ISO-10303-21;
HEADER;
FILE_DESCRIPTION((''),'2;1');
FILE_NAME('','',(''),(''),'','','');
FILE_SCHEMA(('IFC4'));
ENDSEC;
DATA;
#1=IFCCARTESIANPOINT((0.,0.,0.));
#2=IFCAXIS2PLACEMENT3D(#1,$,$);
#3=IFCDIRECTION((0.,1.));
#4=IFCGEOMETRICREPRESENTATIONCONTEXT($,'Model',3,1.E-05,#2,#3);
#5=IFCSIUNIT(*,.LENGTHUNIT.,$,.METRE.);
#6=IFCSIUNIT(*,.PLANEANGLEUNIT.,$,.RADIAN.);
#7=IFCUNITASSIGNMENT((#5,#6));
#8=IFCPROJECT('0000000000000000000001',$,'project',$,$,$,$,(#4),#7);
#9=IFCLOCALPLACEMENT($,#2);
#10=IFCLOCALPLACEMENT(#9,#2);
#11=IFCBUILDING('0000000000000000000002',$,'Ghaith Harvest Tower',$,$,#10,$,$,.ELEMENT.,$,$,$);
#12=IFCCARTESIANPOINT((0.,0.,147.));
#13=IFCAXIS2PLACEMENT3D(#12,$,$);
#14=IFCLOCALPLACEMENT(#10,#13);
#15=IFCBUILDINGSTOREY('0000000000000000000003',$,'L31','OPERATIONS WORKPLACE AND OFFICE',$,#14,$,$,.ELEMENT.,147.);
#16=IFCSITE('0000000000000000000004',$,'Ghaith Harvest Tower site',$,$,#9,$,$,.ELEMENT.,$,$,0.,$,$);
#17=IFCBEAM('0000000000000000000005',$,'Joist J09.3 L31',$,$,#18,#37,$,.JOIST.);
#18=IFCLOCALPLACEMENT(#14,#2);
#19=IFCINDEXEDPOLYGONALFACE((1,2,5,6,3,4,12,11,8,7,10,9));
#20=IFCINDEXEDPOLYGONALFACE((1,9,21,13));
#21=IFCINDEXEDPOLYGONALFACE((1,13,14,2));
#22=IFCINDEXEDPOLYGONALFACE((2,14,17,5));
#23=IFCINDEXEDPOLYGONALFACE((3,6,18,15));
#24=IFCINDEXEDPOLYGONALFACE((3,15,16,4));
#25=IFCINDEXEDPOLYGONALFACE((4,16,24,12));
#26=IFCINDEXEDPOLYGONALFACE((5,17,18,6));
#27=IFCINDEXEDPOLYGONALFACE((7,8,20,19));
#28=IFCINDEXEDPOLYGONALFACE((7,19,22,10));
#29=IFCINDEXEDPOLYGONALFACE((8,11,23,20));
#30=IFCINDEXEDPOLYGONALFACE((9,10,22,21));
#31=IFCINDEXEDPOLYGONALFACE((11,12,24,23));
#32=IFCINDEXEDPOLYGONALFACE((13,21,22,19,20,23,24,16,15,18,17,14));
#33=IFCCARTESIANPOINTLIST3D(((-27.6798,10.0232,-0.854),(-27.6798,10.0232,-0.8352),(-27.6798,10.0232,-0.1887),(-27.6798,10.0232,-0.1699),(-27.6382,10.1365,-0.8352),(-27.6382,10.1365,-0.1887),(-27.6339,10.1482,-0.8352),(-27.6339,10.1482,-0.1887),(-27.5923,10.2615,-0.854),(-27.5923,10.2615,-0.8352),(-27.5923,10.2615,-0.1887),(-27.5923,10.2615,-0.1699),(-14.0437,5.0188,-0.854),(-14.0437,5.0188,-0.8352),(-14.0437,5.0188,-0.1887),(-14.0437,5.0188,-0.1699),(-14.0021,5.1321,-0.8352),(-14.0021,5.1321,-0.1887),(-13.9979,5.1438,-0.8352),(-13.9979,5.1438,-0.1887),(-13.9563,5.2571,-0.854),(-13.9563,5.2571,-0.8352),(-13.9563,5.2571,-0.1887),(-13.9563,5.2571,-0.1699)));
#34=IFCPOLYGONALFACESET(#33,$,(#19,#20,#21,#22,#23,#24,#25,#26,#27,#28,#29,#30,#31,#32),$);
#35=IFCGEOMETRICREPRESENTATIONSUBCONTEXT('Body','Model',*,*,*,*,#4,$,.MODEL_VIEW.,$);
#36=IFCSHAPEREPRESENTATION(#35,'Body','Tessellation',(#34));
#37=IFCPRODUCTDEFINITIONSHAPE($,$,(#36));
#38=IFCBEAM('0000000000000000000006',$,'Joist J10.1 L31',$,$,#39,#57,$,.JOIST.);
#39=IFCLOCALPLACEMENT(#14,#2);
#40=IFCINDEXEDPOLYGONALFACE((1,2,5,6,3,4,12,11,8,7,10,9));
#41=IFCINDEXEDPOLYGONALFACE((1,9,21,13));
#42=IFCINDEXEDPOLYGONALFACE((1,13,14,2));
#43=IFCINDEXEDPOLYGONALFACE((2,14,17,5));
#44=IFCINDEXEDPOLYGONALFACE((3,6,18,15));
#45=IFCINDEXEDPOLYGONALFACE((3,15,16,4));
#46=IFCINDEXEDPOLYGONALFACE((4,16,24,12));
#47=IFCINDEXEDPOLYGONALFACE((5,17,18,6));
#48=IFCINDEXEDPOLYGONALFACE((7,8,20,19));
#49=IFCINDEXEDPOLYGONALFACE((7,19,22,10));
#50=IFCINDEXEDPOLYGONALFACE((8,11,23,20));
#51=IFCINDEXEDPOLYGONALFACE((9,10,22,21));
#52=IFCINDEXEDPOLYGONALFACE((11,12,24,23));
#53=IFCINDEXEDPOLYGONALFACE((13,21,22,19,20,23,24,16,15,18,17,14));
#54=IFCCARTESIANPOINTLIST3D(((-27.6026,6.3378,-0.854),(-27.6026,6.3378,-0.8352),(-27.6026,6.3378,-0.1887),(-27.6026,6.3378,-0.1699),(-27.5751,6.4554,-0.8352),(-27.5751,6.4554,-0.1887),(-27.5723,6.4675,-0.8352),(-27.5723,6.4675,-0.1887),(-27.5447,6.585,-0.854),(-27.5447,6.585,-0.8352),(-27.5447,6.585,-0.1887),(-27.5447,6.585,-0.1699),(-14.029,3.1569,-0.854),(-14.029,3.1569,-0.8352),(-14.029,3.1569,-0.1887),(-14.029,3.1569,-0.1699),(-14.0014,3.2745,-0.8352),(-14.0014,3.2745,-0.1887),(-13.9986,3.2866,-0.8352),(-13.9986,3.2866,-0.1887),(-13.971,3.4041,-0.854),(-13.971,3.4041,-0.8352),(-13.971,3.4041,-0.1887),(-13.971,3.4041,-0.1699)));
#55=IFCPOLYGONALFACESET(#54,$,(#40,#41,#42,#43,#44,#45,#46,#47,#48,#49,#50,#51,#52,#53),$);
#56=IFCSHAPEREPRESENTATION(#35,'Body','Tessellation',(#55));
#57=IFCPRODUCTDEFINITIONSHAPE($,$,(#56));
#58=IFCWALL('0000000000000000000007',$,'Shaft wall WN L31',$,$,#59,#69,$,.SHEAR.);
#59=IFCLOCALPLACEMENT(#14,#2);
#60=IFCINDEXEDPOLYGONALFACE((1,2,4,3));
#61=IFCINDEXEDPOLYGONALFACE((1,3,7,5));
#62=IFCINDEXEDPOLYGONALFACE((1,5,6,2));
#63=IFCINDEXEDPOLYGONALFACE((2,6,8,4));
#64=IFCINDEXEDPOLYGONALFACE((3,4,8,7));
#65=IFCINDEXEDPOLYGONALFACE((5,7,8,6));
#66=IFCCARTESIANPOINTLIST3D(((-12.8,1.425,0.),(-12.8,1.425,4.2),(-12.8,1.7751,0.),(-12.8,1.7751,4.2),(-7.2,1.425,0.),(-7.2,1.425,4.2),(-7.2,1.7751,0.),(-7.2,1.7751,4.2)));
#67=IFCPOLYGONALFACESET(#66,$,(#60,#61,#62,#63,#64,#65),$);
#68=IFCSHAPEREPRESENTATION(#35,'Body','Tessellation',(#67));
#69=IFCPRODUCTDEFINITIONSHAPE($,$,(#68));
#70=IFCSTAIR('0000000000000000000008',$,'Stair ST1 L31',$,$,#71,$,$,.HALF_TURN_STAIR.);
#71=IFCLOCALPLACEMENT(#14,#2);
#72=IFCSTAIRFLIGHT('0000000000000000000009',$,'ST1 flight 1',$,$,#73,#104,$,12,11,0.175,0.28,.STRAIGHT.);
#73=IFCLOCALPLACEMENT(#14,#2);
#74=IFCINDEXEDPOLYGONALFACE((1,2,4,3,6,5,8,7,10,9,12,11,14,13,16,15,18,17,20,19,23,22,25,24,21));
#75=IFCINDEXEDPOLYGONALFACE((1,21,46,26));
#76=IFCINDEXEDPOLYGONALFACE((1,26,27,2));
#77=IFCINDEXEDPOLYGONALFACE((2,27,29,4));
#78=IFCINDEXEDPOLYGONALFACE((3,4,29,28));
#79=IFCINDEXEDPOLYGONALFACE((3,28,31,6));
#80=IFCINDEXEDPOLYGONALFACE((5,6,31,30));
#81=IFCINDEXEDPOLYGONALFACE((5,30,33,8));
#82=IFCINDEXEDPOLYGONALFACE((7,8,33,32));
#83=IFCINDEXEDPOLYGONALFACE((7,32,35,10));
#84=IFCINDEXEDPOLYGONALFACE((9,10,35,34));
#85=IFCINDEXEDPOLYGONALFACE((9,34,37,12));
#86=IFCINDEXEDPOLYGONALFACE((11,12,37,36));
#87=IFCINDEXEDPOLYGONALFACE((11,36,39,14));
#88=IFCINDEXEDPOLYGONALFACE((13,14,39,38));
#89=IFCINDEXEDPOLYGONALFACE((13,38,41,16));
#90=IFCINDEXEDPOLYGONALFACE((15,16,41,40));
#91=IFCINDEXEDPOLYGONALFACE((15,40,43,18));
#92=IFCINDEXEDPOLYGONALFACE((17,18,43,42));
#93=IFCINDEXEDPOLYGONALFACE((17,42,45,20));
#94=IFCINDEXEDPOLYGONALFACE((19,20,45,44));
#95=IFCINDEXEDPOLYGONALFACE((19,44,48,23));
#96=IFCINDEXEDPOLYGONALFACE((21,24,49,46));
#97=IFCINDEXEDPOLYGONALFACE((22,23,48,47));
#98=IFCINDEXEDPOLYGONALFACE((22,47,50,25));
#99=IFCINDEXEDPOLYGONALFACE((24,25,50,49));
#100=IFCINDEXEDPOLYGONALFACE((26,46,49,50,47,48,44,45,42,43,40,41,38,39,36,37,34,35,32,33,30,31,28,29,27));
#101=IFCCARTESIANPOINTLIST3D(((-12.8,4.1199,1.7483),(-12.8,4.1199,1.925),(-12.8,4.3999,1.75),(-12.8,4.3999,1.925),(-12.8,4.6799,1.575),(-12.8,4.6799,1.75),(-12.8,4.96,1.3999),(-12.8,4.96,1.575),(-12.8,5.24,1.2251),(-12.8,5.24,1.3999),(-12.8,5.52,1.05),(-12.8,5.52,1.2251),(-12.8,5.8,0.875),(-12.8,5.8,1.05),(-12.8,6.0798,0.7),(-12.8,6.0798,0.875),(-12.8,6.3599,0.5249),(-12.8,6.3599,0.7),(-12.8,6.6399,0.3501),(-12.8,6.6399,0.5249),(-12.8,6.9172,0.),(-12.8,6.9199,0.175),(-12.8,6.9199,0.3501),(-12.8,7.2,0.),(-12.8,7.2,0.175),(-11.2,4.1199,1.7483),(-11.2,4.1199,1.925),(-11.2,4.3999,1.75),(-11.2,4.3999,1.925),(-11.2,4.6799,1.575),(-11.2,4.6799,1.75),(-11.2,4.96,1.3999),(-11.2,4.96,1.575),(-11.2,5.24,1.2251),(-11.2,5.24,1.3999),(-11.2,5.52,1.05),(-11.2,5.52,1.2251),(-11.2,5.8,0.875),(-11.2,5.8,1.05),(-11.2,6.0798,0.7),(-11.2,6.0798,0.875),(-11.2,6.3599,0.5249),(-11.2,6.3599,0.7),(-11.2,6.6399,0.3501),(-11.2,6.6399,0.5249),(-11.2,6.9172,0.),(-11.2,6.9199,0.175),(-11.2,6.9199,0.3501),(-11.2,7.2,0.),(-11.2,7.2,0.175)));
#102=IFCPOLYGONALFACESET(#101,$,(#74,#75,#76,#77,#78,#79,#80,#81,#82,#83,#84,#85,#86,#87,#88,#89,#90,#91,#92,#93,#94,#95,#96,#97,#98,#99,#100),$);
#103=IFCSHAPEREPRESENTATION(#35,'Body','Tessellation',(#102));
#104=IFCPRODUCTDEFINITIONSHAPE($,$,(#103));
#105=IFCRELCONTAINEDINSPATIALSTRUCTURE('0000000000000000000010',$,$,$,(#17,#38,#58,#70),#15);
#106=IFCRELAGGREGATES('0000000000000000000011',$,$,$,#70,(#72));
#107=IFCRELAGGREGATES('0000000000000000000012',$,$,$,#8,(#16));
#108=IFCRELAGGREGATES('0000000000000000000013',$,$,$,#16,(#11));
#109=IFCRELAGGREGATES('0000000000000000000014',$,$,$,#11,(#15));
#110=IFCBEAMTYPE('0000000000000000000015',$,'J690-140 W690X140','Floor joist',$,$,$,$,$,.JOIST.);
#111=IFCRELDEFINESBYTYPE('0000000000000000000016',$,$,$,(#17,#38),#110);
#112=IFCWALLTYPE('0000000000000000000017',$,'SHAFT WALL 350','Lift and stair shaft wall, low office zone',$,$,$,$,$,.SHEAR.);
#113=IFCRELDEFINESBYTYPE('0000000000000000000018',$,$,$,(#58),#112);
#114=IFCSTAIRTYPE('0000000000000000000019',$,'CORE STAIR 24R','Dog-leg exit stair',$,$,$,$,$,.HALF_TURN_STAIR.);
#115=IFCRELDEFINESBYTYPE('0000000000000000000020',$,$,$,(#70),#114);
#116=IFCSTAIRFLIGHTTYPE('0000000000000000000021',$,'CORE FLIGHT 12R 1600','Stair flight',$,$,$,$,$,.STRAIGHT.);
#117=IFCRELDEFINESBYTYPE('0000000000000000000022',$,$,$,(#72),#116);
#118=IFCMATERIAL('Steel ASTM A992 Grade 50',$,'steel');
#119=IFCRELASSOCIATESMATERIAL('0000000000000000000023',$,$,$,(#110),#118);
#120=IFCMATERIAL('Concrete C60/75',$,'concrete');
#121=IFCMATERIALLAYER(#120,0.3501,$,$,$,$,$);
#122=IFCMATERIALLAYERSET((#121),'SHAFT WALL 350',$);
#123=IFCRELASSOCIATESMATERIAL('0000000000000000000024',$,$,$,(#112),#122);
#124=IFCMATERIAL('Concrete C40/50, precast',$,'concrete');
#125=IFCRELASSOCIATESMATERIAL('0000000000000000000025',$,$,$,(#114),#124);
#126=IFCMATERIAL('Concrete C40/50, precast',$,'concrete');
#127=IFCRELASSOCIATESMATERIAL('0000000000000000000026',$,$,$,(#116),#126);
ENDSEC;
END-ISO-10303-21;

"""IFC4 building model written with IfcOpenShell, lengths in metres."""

from ifc_helpers import new_model, si_unit, direction, frame, frame_2d, origin, origin_2d, place, context, subcontext, project, spatial, polyline, rectangle, i_section, outline, extrude, material, layer, layer_set, material_profile, profile_set, type_object, element, aggregate, save


model = new_model("IFC4")

# Units and contexts
model_context = context("Model", 3, precision=1e-05, world=origin(), true_north=direction((0.0, 1.0)))
body_context = subcontext(model_context, "Body", "Model", "MODEL_VIEW")
ifc_project = project(units=[si_unit("LENGTHUNIT", "METRE"), si_unit("PLANEANGLEUNIT", "RADIAN")], contexts=[model_context])

# Site, building, storey
site_placement = place(None, origin())
site = spatial("IfcSite", under=ifc_project, at=site_placement, Name="Ghaith Harvest Tower site", CompositionType="ELEMENT", RefElevation=0.0)
building_placement = place(site_placement, origin())
building = spatial("IfcBuilding", under=site, at=building_placement, Name="Ghaith Harvest Tower", CompositionType="ELEMENT")
storey_placement = place(building_placement, frame((0.0, 0.0, 147.0)))
storey = spatial("IfcBuildingStorey", under=building, at=storey_placement, Name="L31", Description="OPERATIONS WORKPLACE AND OFFICE", CompositionType="ELEMENT", Elevation=147.0)

# Beams
ifc_material_1 = material(Name="Steel ASTM A992 Grade 50", Category="steel")
ifc_material_profile_1 = material_profile(ifc_material_1, i_section(OverallWidth=0.2539, OverallDepth=0.6841, WebThickness=0.0125, FlangeThickness=0.0188, at=origin_2d()), Name="W690X140")
ifc_profile_set_1 = profile_set([ifc_material_profile_1], Name="Steel ASTM A992 Grade 50")
beam_type_1 = type_object("IfcBeamType", Name="J690-140 W690X140", Description="Floor joist", PredefinedType="JOIST", material=ifc_profile_set_1)
beam_1_placement = place(storey_placement, frame((-14.0, 5.1379, -0.512), z_axis=(-0.938775, 0.34453, 0.0), x_axis=(-0.34453, -0.938775, 0.0)))
element("IfcBeam", 1, at=beam_1_placement, inside=storey, type_object=beam_type_1, Name="Joist J09.3 L31", PredefinedType="JOIST", context=body_context, shape_type="SweptSolid", body=[
    extrude(i_section(OverallWidth=0.2539, OverallDepth=0.6841, WebThickness=0.0125, FlangeThickness=0.0188, at=origin_2d()), origin(), (0.0, 0.0, 1.0), 14.5254),
])
beam_2_placement = place(storey_placement, frame((-14.0, 3.2805, -0.512), z_axis=(-0.973623, 0.228162, 0.0), x_axis=(-0.228162, -0.973623, 0.0)))
element("IfcBeam", 2, at=beam_2_placement, inside=storey, type_object=beam_type_1, Name="Joist J10.1 L31", PredefinedType="JOIST", context=body_context, shape_type="SweptSolid", body=[
    extrude(i_section(OverallWidth=0.2539, OverallDepth=0.6841, WebThickness=0.0125, FlangeThickness=0.0188, at=origin_2d()), origin(), (0.0, 0.0, 1.0), 13.9414),
])

# Wall
ifc_material_2 = material(Name="Concrete C60/75", Category="concrete")
ifc_layer_1 = layer(ifc_material_2, 0.3501)
ifc_layer_set_1 = layer_set([ifc_layer_1], Name="SHAFT WALL 350")
wall_type_1 = type_object("IfcWallType", Name="SHAFT WALL 350", Description="Lift and stair shaft wall, low office zone", PredefinedType="SHEAR", material=ifc_layer_set_1)
wall_1_placement = place(storey_placement, frame((-12.8, 1.6001, 0.0), z_axis=(0.0, 0.0, 1.0), x_axis=(1.0, 0.0, 0.0)))
element("IfcWall", 3, at=wall_1_placement, inside=storey, type_object=wall_type_1, Name="Shaft wall WN L31", PredefinedType="SHEAR", context=body_context, shape_type="SweptSolid", body=[
    extrude(rectangle(XDim=5.6001, YDim=0.3501, at=frame_2d((2.8, 0.0))), origin(), (0.0, 0.0, 1.0), 4.2),
])

# Stair, stair flight
ifc_material_3 = material(Name="Concrete C40/50, precast", Category="concrete")
stair_type = type_object("IfcStairType", Name="CORE STAIR 24R", Description="Dog-leg exit stair", PredefinedType="HALF_TURN_STAIR", material=ifc_material_3)
stair_placement = place(storey_placement, origin())
stair = element("IfcStair", 4, at=stair_placement, inside=storey, type_object=stair_type, Name="Stair ST1 L31", PredefinedType="HALF_TURN_STAIR")
ifc_material_4 = material(Name="Concrete C40/50, precast", Category="concrete")
stair_flight_type = type_object("IfcStairFlightType", Name="CORE FLIGHT 12R 1600", Description="Stair flight", PredefinedType="STRAIGHT", material=ifc_material_4)
stair_flight_placement = place(storey_placement, frame((-12.0, 7.2, 0.0), z_axis=(0.0, 0.0, 1.0), x_axis=(0.0, -1.0, 0.0)))
stair_flight = element("IfcStairFlight", 5, at=stair_flight_placement, type_object=stair_flight_type, Name="ST1 flight 1", NumberOfRisers=12, NumberOfTreads=11, PredefinedType="STRAIGHT", RiserHeight=0.175, TreadLength=0.28, context=body_context, shape_type="SweptSolid", body=[
    extrude(outline(polyline([(0.0, 0.0), (0.0, 0.175), (0.28, 0.175), (0.28, 0.3501), (0.5601, 0.3501), (0.5601, 0.5249), (0.8401, 0.5249), (0.8401, 0.7), (1.1201, 0.7), (1.1201, 0.875), (1.3999, 0.875), (1.3999, 1.05), (1.6799, 1.05), (1.6799, 1.2251), (1.96, 1.2251), (1.96, 1.3999), (2.24, 1.3999), (2.24, 1.575), (2.52, 1.575), (2.52, 1.75), (2.8, 1.75), (2.8, 1.925), (3.0801, 1.925), (3.0801, 2.1001), (3.0801, 1.7483), (0.2827, 0.0), (0.0, 0.0)])), frame((0.0, 0.8, 0.0), z_axis=(0.0, -1.0, 0.0), x_axis=(1.0, 0.0, 0.0)), (0.0, 0.0, 1.0), 1.6001),
])
aggregate(stair, [stair_flight])

save(model, "model.ifc")
